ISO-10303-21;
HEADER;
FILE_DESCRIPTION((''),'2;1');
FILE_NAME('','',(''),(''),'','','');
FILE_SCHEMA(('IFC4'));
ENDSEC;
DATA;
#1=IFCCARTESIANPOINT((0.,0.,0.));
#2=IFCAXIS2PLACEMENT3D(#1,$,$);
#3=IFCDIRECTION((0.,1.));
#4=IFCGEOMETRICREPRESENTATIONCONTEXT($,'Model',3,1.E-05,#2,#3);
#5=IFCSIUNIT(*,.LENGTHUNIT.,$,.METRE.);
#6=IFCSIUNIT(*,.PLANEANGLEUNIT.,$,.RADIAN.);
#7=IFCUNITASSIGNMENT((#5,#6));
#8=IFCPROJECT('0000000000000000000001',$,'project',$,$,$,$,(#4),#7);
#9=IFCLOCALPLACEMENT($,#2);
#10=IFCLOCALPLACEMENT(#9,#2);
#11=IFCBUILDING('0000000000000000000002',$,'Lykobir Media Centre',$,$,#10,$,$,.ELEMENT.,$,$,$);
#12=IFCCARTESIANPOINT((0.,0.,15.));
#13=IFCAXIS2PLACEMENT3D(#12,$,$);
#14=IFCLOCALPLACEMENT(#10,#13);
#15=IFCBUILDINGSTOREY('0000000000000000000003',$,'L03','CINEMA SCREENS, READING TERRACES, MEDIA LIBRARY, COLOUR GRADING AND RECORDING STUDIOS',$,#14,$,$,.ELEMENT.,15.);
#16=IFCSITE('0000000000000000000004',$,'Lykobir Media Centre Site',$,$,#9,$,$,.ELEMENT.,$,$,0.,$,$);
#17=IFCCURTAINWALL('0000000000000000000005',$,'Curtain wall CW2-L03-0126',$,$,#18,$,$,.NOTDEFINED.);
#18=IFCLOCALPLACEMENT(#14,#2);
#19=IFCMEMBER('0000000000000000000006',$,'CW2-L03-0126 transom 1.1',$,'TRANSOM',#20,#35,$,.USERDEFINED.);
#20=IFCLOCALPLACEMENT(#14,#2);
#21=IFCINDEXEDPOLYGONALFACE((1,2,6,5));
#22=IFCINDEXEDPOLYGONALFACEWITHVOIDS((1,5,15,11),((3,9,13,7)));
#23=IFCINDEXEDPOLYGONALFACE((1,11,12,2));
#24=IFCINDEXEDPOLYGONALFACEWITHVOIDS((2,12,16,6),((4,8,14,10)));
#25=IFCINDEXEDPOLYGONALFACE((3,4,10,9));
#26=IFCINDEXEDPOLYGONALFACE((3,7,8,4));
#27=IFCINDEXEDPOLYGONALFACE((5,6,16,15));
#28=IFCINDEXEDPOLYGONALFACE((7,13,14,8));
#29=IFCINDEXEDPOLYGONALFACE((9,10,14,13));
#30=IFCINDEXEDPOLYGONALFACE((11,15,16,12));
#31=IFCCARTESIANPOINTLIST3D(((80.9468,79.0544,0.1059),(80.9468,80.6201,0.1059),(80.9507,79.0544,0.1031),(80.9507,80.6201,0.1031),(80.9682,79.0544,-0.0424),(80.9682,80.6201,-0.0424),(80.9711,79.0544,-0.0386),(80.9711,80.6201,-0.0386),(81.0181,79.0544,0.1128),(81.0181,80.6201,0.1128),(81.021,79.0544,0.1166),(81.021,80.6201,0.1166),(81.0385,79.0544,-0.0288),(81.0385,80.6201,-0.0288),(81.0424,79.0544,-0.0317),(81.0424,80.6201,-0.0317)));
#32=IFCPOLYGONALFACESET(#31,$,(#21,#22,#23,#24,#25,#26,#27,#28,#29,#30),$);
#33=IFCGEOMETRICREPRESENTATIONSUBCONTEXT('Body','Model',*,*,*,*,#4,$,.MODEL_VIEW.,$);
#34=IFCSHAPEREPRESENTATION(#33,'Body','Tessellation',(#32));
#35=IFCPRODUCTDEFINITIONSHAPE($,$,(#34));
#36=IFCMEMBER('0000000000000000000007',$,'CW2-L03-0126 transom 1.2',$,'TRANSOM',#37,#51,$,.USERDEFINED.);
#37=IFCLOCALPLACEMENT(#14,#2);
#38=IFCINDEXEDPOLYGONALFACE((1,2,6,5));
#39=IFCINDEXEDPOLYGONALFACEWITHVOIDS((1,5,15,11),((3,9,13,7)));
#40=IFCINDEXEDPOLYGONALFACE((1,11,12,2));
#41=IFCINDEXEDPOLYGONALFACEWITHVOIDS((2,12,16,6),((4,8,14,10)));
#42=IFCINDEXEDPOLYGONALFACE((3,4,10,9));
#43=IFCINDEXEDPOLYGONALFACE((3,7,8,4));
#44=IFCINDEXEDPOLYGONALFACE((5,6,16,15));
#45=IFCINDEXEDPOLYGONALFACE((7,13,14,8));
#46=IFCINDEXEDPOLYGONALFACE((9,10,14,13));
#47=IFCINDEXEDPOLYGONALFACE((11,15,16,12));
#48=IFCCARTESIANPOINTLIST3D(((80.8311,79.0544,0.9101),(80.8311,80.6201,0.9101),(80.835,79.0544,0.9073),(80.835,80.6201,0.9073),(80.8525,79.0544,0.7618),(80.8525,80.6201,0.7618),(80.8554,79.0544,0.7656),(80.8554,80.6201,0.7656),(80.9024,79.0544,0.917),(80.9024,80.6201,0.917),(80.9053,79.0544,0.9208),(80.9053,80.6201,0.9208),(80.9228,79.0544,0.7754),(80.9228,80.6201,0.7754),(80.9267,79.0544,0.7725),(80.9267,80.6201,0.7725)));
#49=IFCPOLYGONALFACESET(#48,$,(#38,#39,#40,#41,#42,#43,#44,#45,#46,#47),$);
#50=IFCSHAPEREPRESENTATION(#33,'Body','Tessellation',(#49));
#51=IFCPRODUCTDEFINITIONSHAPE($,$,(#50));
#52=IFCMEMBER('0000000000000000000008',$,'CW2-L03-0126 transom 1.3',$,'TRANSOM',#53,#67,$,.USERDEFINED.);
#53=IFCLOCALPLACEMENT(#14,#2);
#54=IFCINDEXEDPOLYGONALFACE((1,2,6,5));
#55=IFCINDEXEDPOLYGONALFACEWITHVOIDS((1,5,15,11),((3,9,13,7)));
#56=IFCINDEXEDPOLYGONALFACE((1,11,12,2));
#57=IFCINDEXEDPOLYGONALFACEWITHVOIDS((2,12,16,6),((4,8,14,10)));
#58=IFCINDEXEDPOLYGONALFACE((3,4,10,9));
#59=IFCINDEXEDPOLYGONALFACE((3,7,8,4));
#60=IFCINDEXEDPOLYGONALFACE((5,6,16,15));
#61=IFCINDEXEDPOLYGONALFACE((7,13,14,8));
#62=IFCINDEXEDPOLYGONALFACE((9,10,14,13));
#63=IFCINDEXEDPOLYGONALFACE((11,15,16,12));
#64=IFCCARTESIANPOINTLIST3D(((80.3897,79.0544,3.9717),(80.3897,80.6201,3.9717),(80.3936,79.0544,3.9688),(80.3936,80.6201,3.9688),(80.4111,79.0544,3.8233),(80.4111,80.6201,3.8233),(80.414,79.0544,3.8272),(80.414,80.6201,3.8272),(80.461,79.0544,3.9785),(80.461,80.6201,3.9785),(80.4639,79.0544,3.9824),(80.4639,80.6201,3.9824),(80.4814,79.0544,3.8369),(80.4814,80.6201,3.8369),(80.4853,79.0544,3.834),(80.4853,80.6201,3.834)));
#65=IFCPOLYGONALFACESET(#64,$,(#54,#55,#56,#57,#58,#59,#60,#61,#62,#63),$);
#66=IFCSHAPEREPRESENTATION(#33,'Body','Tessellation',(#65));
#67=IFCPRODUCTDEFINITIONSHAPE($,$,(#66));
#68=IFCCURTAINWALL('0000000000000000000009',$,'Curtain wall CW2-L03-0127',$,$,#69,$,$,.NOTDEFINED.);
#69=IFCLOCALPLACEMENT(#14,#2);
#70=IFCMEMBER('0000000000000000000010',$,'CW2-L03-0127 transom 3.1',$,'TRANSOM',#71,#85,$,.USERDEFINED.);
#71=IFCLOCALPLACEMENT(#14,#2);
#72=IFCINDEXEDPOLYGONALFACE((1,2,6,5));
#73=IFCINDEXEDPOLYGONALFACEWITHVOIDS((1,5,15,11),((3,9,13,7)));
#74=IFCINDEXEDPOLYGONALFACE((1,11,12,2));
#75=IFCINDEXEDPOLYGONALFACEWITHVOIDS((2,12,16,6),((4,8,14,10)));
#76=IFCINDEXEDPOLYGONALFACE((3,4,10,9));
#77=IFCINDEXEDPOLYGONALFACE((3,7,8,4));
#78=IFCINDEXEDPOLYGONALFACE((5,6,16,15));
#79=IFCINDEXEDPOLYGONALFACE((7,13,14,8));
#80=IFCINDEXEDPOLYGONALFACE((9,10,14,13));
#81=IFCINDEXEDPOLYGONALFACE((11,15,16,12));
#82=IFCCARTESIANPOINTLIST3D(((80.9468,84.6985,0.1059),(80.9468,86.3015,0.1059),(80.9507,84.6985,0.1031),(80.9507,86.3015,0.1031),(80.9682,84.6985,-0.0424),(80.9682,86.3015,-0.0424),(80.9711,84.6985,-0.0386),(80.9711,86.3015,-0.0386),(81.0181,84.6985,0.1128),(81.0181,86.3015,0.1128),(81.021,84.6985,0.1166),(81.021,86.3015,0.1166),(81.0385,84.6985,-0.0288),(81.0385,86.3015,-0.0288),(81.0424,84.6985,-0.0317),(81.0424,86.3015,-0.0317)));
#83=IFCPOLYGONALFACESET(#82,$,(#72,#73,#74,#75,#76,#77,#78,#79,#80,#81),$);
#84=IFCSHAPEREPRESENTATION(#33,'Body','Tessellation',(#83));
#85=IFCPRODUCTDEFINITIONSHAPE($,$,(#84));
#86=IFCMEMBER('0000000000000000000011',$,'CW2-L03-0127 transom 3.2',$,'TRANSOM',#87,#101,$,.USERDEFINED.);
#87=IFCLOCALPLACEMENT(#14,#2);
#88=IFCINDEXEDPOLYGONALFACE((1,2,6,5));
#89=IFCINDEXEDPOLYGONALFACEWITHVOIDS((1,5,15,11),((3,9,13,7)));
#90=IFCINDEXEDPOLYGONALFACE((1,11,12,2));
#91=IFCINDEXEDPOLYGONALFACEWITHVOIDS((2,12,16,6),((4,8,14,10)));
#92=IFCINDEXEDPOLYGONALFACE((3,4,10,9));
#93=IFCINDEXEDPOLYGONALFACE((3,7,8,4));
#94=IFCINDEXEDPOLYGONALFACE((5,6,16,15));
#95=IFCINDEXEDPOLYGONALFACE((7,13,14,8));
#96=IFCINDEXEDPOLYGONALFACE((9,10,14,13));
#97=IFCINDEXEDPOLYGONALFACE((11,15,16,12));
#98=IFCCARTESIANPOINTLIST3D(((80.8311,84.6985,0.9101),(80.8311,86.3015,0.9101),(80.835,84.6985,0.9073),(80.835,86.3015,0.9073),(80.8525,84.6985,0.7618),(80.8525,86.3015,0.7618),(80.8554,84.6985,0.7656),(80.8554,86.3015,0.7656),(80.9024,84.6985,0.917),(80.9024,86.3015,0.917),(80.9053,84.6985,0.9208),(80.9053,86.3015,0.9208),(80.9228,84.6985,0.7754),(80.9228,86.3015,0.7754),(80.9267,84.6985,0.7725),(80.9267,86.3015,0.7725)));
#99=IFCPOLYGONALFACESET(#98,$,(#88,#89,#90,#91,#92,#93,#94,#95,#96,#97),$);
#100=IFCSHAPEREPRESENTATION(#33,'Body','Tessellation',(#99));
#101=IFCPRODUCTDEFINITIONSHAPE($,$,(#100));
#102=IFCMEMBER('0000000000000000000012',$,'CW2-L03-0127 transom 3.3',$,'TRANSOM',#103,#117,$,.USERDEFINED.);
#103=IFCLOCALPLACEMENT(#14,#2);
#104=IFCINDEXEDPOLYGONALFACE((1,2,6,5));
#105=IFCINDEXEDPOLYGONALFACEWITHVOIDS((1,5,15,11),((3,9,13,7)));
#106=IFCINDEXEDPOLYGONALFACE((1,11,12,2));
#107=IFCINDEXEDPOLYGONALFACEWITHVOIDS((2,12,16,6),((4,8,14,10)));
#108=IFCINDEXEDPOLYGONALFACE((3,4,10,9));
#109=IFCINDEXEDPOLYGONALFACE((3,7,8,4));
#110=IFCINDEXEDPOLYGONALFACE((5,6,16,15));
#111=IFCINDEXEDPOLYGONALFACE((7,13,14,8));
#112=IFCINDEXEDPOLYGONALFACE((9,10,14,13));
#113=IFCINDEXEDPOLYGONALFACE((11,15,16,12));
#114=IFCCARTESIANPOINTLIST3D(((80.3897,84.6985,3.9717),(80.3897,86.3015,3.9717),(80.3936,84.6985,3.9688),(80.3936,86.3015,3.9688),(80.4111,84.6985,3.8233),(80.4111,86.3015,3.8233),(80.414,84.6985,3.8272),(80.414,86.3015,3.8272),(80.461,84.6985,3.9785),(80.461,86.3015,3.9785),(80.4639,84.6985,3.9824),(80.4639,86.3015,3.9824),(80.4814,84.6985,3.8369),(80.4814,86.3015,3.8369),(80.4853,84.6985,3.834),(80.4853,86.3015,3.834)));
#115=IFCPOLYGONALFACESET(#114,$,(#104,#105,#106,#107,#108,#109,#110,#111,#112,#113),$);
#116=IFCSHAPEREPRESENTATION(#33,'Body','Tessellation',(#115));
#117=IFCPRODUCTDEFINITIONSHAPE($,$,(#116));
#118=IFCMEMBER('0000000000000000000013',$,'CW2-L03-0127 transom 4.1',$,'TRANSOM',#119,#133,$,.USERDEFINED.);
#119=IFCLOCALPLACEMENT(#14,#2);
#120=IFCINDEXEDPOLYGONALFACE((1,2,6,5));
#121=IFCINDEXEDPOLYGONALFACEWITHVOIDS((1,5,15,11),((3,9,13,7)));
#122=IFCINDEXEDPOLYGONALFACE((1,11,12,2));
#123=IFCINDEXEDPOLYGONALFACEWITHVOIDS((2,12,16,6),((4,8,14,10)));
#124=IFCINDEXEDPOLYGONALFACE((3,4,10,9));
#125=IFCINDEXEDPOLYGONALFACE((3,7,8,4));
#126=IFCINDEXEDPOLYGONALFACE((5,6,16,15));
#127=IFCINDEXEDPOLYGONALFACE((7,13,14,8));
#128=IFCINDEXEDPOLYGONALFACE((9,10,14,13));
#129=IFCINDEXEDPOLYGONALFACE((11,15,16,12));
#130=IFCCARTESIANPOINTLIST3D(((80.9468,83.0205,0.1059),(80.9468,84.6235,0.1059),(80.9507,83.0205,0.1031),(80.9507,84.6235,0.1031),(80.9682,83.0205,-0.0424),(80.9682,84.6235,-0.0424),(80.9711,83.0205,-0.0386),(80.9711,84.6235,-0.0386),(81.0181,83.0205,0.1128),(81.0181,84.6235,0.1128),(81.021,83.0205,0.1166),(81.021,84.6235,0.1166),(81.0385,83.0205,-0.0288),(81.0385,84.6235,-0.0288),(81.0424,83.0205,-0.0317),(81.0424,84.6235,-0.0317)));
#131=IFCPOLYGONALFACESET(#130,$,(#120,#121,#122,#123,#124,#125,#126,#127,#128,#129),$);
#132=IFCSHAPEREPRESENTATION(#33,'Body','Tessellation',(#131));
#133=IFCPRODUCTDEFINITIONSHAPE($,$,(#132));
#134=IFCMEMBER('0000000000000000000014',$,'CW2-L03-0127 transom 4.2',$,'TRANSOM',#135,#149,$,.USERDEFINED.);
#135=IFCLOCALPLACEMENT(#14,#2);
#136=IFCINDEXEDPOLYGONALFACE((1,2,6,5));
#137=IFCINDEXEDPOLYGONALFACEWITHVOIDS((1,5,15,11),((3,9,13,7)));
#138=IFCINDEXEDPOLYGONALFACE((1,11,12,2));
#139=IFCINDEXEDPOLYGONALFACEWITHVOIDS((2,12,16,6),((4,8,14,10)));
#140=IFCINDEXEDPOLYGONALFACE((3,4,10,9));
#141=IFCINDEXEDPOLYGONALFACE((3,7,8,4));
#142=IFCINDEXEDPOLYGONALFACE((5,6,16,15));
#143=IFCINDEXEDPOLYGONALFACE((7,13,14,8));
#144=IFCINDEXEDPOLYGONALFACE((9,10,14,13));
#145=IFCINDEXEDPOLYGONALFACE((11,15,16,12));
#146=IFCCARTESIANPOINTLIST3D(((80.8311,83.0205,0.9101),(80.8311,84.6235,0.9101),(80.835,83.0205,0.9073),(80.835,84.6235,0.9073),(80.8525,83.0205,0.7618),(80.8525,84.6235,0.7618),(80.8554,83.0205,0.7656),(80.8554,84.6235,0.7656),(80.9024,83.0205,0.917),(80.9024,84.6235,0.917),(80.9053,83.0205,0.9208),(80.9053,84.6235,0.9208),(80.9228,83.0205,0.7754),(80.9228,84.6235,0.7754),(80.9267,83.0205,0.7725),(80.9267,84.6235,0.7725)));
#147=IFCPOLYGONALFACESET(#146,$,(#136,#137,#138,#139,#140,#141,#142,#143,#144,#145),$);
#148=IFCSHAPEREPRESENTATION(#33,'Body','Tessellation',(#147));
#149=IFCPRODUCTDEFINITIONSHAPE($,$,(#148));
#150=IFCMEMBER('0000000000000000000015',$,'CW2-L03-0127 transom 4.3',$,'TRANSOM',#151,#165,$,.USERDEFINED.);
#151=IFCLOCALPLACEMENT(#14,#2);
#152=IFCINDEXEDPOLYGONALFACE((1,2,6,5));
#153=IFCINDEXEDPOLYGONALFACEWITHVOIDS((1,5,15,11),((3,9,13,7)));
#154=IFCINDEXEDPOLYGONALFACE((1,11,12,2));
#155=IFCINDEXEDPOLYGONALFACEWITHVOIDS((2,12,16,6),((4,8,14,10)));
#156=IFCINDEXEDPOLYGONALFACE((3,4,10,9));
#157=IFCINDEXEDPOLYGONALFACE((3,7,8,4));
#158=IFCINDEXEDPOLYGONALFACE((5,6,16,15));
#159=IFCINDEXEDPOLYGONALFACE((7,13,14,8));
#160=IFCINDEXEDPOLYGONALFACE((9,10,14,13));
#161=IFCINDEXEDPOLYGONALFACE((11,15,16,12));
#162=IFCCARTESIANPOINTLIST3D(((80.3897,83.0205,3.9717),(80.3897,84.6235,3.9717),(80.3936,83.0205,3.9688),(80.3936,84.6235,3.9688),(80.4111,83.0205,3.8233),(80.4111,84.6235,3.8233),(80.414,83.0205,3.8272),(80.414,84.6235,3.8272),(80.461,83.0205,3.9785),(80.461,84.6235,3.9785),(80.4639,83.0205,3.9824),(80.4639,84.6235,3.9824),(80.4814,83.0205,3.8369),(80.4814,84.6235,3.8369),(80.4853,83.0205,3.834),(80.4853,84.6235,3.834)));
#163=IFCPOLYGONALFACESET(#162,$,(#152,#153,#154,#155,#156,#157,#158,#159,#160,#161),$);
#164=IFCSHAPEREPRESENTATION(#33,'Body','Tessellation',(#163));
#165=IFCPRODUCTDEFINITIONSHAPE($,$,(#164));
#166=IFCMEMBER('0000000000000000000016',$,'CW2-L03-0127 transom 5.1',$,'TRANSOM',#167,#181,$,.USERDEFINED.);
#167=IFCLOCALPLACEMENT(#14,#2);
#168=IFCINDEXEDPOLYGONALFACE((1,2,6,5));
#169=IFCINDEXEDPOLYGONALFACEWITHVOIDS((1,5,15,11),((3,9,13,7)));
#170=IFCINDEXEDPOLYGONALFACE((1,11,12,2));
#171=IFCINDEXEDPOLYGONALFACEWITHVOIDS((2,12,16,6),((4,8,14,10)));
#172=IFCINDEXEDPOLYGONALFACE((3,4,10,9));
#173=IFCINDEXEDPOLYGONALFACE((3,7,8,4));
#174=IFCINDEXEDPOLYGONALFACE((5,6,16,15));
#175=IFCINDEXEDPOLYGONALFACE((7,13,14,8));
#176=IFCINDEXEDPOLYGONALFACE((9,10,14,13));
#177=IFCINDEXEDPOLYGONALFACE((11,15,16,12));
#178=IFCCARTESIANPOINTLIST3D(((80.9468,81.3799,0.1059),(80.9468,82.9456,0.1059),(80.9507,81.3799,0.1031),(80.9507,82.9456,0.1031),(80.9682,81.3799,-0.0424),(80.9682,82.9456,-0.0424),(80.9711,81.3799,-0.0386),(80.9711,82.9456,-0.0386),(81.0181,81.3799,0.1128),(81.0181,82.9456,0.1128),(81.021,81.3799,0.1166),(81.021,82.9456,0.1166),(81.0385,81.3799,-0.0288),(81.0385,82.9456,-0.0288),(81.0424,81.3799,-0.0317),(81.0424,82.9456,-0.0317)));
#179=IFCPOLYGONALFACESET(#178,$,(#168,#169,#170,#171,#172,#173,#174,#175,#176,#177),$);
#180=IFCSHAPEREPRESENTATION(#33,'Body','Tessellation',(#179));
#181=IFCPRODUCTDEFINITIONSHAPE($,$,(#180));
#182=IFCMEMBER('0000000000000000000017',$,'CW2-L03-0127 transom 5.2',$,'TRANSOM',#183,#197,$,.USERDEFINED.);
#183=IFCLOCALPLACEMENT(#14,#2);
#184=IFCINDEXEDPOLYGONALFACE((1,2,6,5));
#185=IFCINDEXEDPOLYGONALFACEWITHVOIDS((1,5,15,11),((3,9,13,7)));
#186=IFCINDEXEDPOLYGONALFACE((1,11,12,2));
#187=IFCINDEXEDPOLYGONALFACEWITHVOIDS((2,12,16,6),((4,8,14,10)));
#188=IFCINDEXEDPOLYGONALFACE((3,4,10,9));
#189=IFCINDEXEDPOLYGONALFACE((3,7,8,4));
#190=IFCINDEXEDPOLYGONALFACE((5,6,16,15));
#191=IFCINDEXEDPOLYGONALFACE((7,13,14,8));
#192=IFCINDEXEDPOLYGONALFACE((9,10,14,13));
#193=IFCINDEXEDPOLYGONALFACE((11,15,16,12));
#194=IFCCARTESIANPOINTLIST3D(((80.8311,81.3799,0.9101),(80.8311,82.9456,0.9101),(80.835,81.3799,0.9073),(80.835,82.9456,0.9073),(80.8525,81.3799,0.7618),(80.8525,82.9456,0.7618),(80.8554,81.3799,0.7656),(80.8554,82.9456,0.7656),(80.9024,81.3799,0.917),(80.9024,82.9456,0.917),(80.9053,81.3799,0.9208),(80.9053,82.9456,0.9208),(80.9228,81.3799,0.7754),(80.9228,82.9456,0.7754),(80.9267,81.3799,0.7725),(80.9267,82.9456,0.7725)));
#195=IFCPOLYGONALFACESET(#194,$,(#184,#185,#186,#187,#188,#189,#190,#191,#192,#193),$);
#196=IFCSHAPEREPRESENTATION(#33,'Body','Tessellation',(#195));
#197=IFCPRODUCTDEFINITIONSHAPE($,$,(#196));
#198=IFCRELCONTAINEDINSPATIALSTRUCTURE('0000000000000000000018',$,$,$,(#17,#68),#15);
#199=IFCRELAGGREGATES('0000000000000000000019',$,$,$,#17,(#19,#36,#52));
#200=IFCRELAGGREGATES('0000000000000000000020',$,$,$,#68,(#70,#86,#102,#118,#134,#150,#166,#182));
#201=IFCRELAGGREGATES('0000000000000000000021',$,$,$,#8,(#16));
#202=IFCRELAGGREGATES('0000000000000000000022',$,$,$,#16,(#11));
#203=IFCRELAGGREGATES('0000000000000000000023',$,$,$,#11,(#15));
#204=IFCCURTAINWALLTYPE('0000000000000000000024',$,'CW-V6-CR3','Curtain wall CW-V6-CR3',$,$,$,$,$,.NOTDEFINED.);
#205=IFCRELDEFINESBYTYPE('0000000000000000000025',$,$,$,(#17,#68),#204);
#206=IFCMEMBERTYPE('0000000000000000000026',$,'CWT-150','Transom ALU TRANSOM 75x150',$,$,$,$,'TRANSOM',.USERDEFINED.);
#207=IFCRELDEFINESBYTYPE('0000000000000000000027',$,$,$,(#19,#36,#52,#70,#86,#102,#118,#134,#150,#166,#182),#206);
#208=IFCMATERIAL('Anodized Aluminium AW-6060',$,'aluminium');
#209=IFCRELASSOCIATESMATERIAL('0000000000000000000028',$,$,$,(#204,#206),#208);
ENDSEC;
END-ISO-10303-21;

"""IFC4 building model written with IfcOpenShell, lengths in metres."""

from ifc_helpers import new_model, si_unit, direction, frame, origin, origin_2d, place, context, subcontext, project, spatial, hollow_rectangle, extrude, material, material_profile, profile_set, type_object, element, aggregate, save


model = new_model("IFC4")

# Units and contexts
model_context = context("Model", 3, precision=1e-05, world=origin(), true_north=direction((0.0, 1.0)))
body_context = subcontext(model_context, "Body", "Model", "MODEL_VIEW")
ifc_project = project(units=[si_unit("LENGTHUNIT", "METRE"), si_unit("PLANEANGLEUNIT", "RADIAN")], contexts=[model_context])

# Site, building, storey
site_placement = place(None, origin())
site = spatial("IfcSite", under=ifc_project, at=site_placement, Name="Lykobir Media Centre Site", CompositionType="ELEMENT", RefElevation=0.0)
building_placement = place(site_placement, origin())
building = spatial("IfcBuilding", under=site, at=building_placement, Name="Lykobir Media Centre", CompositionType="ELEMENT")
storey_placement = place(building_placement, frame((0.0, 0.0, 15.0)))
storey = spatial("IfcBuildingStorey", under=building, at=storey_placement, Name="L03", Description="CINEMA SCREENS, READING TERRACES, MEDIA LIBRARY, COLOUR GRADING AND RECORDING STUDIOS", CompositionType="ELEMENT", Elevation=15.0)

# Curtain walls, members
ifc_material_1 = material(Name="Anodized Aluminium AW-6060", Category="aluminium")
curtain_wall_type = type_object("IfcCurtainWallType", Name="CW-V6-CR3", Description="Curtain wall CW-V6-CR3", PredefinedType="NOTDEFINED", material=ifc_material_1)
curtain_wall_1_placement = place(storey_placement, origin())
curtain_wall_1 = element("IfcCurtainWall", 1, at=curtain_wall_1_placement, inside=storey, type_object=curtain_wall_type, Name="Curtain wall CW2-L03-0126", PredefinedType="NOTDEFINED")
ifc_material_profile = material_profile(ifc_material_1, hollow_rectangle(XDim=0.075, YDim=0.1499, WallThickness=0.0034, at=origin_2d()), Name="ALU TRANSOM 75x150")
ifc_profile_set = profile_set([ifc_material_profile], Name="Anodized Aluminium AW-6060")
member_type = type_object("IfcMemberType", Name="CWT-150", Description="Transom ALU TRANSOM 75x150", ElementType="TRANSOM", PredefinedType="USERDEFINED", material=ifc_profile_set)
member_1_placement = place(storey_placement, frame((80.9946, 80.6201, 0.0371), z_axis=(0.0, -1.0, 0.0), x_axis=(0.989776, 0.0, 0.142629)))
member_1 = element("IfcMember", 2, at=member_1_placement, type_object=member_type, Name="CW2-L03-0126 transom 1.1", ObjectType="TRANSOM", PredefinedType="USERDEFINED", context=body_context, shape_type="SweptSolid", body=[
    extrude(hollow_rectangle(XDim=0.075, YDim=0.1499, WallThickness=0.0034, at=origin_2d()), origin(), (0.0, 0.0, 1.0), 1.5657),
])
member_2_placement = place(storey_placement, frame((80.8789, 80.6201, 0.8413), z_axis=(0.0, -1.0, 0.0), x_axis=(0.989776, 0.0, 0.142629)))
member_2 = element("IfcMember", 3, at=member_2_placement, type_object=member_type, Name="CW2-L03-0126 transom 1.2", ObjectType="TRANSOM", PredefinedType="USERDEFINED", context=body_context, shape_type="SweptSolid", body=[
    extrude(hollow_rectangle(XDim=0.075, YDim=0.1499, WallThickness=0.0034, at=origin_2d()), origin(), (0.0, 0.0, 1.0), 1.5657),
])
member_3_placement = place(storey_placement, frame((80.4375, 80.6201, 3.9028), z_axis=(0.0, -1.0, 0.0), x_axis=(0.989776, 0.0, 0.142629)))
member_3 = element("IfcMember", 4, at=member_3_placement, type_object=member_type, Name="CW2-L03-0126 transom 1.3", ObjectType="TRANSOM", PredefinedType="USERDEFINED", context=body_context, shape_type="SweptSolid", body=[
    extrude(hollow_rectangle(XDim=0.075, YDim=0.1499, WallThickness=0.0034, at=origin_2d()), origin(), (0.0, 0.0, 1.0), 1.5657),
])
curtain_wall_2_placement = place(storey_placement, origin())
curtain_wall_2 = element("IfcCurtainWall", 5, at=curtain_wall_2_placement, inside=storey, type_object=curtain_wall_type, Name="Curtain wall CW2-L03-0127", PredefinedType="NOTDEFINED")
member_4_placement = place(storey_placement, frame((80.9946, 86.3015, 0.0371), z_axis=(0.0, -1.0, 0.0), x_axis=(0.989776, 0.0, 0.142629)))
member_4 = element("IfcMember", 6, at=member_4_placement, type_object=member_type, Name="CW2-L03-0127 transom 3.1", ObjectType="TRANSOM", PredefinedType="USERDEFINED", context=body_context, shape_type="SweptSolid", body=[
    extrude(hollow_rectangle(XDim=0.075, YDim=0.1499, WallThickness=0.0034, at=origin_2d()), origin(), (0.0, 0.0, 1.0), 1.603),
])
member_5_placement = place(storey_placement, frame((80.8789, 86.3015, 0.8413), z_axis=(0.0, -1.0, 0.0), x_axis=(0.989776, 0.0, 0.142629)))
member_5 = element("IfcMember", 7, at=member_5_placement, type_object=member_type, Name="CW2-L03-0127 transom 3.2", ObjectType="TRANSOM", PredefinedType="USERDEFINED", context=body_context, shape_type="SweptSolid", body=[
    extrude(hollow_rectangle(XDim=0.075, YDim=0.1499, WallThickness=0.0034, at=origin_2d()), origin(), (0.0, 0.0, 1.0), 1.603),
])
member_6_placement = place(storey_placement, frame((80.4375, 86.3015, 3.9028), z_axis=(0.0, -1.0, 0.0), x_axis=(0.989776, 0.0, 0.142629)))
member_6 = element("IfcMember", 8, at=member_6_placement, type_object=member_type, Name="CW2-L03-0127 transom 3.3", ObjectType="TRANSOM", PredefinedType="USERDEFINED", context=body_context, shape_type="SweptSolid", body=[
    extrude(hollow_rectangle(XDim=0.075, YDim=0.1499, WallThickness=0.0034, at=origin_2d()), origin(), (0.0, 0.0, 1.0), 1.603),
])
member_7_placement = place(storey_placement, frame((80.9946, 84.6235, 0.0371), z_axis=(0.0, -1.0, 0.0), x_axis=(0.989776, 0.0, 0.142629)))
member_7 = element("IfcMember", 9, at=member_7_placement, type_object=member_type, Name="CW2-L03-0127 transom 4.1", ObjectType="TRANSOM", PredefinedType="USERDEFINED", context=body_context, shape_type="SweptSolid", body=[
    extrude(hollow_rectangle(XDim=0.075, YDim=0.1499, WallThickness=0.0034, at=origin_2d()), origin(), (0.0, 0.0, 1.0), 1.603),
])
member_8_placement = place(storey_placement, frame((80.8789, 84.6235, 0.8413), z_axis=(0.0, -1.0, 0.0), x_axis=(0.989776, 0.0, 0.142629)))
member_8 = element("IfcMember", 10, at=member_8_placement, type_object=member_type, Name="CW2-L03-0127 transom 4.2", ObjectType="TRANSOM", PredefinedType="USERDEFINED", context=body_context, shape_type="SweptSolid", body=[
    extrude(hollow_rectangle(XDim=0.075, YDim=0.1499, WallThickness=0.0034, at=origin_2d()), origin(), (0.0, 0.0, 1.0), 1.603),
])
member_9_placement = place(storey_placement, frame((80.4375, 84.6235, 3.9028), z_axis=(0.0, -1.0, 0.0), x_axis=(0.989776, 0.0, 0.142629)))
member_9 = element("IfcMember", 11, at=member_9_placement, type_object=member_type, Name="CW2-L03-0127 transom 4.3", ObjectType="TRANSOM", PredefinedType="USERDEFINED", context=body_context, shape_type="SweptSolid", body=[
    extrude(hollow_rectangle(XDim=0.075, YDim=0.1499, WallThickness=0.0034, at=origin_2d()), origin(), (0.0, 0.0, 1.0), 1.603),
])
member_10_placement = place(storey_placement, frame((80.9946, 82.9456, 0.0371), z_axis=(0.0, -1.0, 0.0), x_axis=(0.989776, 0.0, 0.142629)))
member_10 = element("IfcMember", 12, at=member_10_placement, type_object=member_type, Name="CW2-L03-0127 transom 5.1", ObjectType="TRANSOM", PredefinedType="USERDEFINED", context=body_context, shape_type="SweptSolid", body=[
    extrude(hollow_rectangle(XDim=0.075, YDim=0.1499, WallThickness=0.0034, at=origin_2d()), origin(), (0.0, 0.0, 1.0), 1.5657),
])
member_11_placement = place(storey_placement, frame((80.8789, 82.9456, 0.8413), z_axis=(0.0, -1.0, 0.0), x_axis=(0.989776, 0.0, 0.142629)))
member_11 = element("IfcMember", 13, at=member_11_placement, type_object=member_type, Name="CW2-L03-0127 transom 5.2", ObjectType="TRANSOM", PredefinedType="USERDEFINED", context=body_context, shape_type="SweptSolid", body=[
    extrude(hollow_rectangle(XDim=0.075, YDim=0.1499, WallThickness=0.0034, at=origin_2d()), origin(), (0.0, 0.0, 1.0), 1.5657),
])

aggregate(curtain_wall_1, [member_1, member_2, member_3])
aggregate(curtain_wall_2, [member_4, member_5, member_6, member_7, member_8, member_9, member_10, member_11])

save(model, "model.ifc")
